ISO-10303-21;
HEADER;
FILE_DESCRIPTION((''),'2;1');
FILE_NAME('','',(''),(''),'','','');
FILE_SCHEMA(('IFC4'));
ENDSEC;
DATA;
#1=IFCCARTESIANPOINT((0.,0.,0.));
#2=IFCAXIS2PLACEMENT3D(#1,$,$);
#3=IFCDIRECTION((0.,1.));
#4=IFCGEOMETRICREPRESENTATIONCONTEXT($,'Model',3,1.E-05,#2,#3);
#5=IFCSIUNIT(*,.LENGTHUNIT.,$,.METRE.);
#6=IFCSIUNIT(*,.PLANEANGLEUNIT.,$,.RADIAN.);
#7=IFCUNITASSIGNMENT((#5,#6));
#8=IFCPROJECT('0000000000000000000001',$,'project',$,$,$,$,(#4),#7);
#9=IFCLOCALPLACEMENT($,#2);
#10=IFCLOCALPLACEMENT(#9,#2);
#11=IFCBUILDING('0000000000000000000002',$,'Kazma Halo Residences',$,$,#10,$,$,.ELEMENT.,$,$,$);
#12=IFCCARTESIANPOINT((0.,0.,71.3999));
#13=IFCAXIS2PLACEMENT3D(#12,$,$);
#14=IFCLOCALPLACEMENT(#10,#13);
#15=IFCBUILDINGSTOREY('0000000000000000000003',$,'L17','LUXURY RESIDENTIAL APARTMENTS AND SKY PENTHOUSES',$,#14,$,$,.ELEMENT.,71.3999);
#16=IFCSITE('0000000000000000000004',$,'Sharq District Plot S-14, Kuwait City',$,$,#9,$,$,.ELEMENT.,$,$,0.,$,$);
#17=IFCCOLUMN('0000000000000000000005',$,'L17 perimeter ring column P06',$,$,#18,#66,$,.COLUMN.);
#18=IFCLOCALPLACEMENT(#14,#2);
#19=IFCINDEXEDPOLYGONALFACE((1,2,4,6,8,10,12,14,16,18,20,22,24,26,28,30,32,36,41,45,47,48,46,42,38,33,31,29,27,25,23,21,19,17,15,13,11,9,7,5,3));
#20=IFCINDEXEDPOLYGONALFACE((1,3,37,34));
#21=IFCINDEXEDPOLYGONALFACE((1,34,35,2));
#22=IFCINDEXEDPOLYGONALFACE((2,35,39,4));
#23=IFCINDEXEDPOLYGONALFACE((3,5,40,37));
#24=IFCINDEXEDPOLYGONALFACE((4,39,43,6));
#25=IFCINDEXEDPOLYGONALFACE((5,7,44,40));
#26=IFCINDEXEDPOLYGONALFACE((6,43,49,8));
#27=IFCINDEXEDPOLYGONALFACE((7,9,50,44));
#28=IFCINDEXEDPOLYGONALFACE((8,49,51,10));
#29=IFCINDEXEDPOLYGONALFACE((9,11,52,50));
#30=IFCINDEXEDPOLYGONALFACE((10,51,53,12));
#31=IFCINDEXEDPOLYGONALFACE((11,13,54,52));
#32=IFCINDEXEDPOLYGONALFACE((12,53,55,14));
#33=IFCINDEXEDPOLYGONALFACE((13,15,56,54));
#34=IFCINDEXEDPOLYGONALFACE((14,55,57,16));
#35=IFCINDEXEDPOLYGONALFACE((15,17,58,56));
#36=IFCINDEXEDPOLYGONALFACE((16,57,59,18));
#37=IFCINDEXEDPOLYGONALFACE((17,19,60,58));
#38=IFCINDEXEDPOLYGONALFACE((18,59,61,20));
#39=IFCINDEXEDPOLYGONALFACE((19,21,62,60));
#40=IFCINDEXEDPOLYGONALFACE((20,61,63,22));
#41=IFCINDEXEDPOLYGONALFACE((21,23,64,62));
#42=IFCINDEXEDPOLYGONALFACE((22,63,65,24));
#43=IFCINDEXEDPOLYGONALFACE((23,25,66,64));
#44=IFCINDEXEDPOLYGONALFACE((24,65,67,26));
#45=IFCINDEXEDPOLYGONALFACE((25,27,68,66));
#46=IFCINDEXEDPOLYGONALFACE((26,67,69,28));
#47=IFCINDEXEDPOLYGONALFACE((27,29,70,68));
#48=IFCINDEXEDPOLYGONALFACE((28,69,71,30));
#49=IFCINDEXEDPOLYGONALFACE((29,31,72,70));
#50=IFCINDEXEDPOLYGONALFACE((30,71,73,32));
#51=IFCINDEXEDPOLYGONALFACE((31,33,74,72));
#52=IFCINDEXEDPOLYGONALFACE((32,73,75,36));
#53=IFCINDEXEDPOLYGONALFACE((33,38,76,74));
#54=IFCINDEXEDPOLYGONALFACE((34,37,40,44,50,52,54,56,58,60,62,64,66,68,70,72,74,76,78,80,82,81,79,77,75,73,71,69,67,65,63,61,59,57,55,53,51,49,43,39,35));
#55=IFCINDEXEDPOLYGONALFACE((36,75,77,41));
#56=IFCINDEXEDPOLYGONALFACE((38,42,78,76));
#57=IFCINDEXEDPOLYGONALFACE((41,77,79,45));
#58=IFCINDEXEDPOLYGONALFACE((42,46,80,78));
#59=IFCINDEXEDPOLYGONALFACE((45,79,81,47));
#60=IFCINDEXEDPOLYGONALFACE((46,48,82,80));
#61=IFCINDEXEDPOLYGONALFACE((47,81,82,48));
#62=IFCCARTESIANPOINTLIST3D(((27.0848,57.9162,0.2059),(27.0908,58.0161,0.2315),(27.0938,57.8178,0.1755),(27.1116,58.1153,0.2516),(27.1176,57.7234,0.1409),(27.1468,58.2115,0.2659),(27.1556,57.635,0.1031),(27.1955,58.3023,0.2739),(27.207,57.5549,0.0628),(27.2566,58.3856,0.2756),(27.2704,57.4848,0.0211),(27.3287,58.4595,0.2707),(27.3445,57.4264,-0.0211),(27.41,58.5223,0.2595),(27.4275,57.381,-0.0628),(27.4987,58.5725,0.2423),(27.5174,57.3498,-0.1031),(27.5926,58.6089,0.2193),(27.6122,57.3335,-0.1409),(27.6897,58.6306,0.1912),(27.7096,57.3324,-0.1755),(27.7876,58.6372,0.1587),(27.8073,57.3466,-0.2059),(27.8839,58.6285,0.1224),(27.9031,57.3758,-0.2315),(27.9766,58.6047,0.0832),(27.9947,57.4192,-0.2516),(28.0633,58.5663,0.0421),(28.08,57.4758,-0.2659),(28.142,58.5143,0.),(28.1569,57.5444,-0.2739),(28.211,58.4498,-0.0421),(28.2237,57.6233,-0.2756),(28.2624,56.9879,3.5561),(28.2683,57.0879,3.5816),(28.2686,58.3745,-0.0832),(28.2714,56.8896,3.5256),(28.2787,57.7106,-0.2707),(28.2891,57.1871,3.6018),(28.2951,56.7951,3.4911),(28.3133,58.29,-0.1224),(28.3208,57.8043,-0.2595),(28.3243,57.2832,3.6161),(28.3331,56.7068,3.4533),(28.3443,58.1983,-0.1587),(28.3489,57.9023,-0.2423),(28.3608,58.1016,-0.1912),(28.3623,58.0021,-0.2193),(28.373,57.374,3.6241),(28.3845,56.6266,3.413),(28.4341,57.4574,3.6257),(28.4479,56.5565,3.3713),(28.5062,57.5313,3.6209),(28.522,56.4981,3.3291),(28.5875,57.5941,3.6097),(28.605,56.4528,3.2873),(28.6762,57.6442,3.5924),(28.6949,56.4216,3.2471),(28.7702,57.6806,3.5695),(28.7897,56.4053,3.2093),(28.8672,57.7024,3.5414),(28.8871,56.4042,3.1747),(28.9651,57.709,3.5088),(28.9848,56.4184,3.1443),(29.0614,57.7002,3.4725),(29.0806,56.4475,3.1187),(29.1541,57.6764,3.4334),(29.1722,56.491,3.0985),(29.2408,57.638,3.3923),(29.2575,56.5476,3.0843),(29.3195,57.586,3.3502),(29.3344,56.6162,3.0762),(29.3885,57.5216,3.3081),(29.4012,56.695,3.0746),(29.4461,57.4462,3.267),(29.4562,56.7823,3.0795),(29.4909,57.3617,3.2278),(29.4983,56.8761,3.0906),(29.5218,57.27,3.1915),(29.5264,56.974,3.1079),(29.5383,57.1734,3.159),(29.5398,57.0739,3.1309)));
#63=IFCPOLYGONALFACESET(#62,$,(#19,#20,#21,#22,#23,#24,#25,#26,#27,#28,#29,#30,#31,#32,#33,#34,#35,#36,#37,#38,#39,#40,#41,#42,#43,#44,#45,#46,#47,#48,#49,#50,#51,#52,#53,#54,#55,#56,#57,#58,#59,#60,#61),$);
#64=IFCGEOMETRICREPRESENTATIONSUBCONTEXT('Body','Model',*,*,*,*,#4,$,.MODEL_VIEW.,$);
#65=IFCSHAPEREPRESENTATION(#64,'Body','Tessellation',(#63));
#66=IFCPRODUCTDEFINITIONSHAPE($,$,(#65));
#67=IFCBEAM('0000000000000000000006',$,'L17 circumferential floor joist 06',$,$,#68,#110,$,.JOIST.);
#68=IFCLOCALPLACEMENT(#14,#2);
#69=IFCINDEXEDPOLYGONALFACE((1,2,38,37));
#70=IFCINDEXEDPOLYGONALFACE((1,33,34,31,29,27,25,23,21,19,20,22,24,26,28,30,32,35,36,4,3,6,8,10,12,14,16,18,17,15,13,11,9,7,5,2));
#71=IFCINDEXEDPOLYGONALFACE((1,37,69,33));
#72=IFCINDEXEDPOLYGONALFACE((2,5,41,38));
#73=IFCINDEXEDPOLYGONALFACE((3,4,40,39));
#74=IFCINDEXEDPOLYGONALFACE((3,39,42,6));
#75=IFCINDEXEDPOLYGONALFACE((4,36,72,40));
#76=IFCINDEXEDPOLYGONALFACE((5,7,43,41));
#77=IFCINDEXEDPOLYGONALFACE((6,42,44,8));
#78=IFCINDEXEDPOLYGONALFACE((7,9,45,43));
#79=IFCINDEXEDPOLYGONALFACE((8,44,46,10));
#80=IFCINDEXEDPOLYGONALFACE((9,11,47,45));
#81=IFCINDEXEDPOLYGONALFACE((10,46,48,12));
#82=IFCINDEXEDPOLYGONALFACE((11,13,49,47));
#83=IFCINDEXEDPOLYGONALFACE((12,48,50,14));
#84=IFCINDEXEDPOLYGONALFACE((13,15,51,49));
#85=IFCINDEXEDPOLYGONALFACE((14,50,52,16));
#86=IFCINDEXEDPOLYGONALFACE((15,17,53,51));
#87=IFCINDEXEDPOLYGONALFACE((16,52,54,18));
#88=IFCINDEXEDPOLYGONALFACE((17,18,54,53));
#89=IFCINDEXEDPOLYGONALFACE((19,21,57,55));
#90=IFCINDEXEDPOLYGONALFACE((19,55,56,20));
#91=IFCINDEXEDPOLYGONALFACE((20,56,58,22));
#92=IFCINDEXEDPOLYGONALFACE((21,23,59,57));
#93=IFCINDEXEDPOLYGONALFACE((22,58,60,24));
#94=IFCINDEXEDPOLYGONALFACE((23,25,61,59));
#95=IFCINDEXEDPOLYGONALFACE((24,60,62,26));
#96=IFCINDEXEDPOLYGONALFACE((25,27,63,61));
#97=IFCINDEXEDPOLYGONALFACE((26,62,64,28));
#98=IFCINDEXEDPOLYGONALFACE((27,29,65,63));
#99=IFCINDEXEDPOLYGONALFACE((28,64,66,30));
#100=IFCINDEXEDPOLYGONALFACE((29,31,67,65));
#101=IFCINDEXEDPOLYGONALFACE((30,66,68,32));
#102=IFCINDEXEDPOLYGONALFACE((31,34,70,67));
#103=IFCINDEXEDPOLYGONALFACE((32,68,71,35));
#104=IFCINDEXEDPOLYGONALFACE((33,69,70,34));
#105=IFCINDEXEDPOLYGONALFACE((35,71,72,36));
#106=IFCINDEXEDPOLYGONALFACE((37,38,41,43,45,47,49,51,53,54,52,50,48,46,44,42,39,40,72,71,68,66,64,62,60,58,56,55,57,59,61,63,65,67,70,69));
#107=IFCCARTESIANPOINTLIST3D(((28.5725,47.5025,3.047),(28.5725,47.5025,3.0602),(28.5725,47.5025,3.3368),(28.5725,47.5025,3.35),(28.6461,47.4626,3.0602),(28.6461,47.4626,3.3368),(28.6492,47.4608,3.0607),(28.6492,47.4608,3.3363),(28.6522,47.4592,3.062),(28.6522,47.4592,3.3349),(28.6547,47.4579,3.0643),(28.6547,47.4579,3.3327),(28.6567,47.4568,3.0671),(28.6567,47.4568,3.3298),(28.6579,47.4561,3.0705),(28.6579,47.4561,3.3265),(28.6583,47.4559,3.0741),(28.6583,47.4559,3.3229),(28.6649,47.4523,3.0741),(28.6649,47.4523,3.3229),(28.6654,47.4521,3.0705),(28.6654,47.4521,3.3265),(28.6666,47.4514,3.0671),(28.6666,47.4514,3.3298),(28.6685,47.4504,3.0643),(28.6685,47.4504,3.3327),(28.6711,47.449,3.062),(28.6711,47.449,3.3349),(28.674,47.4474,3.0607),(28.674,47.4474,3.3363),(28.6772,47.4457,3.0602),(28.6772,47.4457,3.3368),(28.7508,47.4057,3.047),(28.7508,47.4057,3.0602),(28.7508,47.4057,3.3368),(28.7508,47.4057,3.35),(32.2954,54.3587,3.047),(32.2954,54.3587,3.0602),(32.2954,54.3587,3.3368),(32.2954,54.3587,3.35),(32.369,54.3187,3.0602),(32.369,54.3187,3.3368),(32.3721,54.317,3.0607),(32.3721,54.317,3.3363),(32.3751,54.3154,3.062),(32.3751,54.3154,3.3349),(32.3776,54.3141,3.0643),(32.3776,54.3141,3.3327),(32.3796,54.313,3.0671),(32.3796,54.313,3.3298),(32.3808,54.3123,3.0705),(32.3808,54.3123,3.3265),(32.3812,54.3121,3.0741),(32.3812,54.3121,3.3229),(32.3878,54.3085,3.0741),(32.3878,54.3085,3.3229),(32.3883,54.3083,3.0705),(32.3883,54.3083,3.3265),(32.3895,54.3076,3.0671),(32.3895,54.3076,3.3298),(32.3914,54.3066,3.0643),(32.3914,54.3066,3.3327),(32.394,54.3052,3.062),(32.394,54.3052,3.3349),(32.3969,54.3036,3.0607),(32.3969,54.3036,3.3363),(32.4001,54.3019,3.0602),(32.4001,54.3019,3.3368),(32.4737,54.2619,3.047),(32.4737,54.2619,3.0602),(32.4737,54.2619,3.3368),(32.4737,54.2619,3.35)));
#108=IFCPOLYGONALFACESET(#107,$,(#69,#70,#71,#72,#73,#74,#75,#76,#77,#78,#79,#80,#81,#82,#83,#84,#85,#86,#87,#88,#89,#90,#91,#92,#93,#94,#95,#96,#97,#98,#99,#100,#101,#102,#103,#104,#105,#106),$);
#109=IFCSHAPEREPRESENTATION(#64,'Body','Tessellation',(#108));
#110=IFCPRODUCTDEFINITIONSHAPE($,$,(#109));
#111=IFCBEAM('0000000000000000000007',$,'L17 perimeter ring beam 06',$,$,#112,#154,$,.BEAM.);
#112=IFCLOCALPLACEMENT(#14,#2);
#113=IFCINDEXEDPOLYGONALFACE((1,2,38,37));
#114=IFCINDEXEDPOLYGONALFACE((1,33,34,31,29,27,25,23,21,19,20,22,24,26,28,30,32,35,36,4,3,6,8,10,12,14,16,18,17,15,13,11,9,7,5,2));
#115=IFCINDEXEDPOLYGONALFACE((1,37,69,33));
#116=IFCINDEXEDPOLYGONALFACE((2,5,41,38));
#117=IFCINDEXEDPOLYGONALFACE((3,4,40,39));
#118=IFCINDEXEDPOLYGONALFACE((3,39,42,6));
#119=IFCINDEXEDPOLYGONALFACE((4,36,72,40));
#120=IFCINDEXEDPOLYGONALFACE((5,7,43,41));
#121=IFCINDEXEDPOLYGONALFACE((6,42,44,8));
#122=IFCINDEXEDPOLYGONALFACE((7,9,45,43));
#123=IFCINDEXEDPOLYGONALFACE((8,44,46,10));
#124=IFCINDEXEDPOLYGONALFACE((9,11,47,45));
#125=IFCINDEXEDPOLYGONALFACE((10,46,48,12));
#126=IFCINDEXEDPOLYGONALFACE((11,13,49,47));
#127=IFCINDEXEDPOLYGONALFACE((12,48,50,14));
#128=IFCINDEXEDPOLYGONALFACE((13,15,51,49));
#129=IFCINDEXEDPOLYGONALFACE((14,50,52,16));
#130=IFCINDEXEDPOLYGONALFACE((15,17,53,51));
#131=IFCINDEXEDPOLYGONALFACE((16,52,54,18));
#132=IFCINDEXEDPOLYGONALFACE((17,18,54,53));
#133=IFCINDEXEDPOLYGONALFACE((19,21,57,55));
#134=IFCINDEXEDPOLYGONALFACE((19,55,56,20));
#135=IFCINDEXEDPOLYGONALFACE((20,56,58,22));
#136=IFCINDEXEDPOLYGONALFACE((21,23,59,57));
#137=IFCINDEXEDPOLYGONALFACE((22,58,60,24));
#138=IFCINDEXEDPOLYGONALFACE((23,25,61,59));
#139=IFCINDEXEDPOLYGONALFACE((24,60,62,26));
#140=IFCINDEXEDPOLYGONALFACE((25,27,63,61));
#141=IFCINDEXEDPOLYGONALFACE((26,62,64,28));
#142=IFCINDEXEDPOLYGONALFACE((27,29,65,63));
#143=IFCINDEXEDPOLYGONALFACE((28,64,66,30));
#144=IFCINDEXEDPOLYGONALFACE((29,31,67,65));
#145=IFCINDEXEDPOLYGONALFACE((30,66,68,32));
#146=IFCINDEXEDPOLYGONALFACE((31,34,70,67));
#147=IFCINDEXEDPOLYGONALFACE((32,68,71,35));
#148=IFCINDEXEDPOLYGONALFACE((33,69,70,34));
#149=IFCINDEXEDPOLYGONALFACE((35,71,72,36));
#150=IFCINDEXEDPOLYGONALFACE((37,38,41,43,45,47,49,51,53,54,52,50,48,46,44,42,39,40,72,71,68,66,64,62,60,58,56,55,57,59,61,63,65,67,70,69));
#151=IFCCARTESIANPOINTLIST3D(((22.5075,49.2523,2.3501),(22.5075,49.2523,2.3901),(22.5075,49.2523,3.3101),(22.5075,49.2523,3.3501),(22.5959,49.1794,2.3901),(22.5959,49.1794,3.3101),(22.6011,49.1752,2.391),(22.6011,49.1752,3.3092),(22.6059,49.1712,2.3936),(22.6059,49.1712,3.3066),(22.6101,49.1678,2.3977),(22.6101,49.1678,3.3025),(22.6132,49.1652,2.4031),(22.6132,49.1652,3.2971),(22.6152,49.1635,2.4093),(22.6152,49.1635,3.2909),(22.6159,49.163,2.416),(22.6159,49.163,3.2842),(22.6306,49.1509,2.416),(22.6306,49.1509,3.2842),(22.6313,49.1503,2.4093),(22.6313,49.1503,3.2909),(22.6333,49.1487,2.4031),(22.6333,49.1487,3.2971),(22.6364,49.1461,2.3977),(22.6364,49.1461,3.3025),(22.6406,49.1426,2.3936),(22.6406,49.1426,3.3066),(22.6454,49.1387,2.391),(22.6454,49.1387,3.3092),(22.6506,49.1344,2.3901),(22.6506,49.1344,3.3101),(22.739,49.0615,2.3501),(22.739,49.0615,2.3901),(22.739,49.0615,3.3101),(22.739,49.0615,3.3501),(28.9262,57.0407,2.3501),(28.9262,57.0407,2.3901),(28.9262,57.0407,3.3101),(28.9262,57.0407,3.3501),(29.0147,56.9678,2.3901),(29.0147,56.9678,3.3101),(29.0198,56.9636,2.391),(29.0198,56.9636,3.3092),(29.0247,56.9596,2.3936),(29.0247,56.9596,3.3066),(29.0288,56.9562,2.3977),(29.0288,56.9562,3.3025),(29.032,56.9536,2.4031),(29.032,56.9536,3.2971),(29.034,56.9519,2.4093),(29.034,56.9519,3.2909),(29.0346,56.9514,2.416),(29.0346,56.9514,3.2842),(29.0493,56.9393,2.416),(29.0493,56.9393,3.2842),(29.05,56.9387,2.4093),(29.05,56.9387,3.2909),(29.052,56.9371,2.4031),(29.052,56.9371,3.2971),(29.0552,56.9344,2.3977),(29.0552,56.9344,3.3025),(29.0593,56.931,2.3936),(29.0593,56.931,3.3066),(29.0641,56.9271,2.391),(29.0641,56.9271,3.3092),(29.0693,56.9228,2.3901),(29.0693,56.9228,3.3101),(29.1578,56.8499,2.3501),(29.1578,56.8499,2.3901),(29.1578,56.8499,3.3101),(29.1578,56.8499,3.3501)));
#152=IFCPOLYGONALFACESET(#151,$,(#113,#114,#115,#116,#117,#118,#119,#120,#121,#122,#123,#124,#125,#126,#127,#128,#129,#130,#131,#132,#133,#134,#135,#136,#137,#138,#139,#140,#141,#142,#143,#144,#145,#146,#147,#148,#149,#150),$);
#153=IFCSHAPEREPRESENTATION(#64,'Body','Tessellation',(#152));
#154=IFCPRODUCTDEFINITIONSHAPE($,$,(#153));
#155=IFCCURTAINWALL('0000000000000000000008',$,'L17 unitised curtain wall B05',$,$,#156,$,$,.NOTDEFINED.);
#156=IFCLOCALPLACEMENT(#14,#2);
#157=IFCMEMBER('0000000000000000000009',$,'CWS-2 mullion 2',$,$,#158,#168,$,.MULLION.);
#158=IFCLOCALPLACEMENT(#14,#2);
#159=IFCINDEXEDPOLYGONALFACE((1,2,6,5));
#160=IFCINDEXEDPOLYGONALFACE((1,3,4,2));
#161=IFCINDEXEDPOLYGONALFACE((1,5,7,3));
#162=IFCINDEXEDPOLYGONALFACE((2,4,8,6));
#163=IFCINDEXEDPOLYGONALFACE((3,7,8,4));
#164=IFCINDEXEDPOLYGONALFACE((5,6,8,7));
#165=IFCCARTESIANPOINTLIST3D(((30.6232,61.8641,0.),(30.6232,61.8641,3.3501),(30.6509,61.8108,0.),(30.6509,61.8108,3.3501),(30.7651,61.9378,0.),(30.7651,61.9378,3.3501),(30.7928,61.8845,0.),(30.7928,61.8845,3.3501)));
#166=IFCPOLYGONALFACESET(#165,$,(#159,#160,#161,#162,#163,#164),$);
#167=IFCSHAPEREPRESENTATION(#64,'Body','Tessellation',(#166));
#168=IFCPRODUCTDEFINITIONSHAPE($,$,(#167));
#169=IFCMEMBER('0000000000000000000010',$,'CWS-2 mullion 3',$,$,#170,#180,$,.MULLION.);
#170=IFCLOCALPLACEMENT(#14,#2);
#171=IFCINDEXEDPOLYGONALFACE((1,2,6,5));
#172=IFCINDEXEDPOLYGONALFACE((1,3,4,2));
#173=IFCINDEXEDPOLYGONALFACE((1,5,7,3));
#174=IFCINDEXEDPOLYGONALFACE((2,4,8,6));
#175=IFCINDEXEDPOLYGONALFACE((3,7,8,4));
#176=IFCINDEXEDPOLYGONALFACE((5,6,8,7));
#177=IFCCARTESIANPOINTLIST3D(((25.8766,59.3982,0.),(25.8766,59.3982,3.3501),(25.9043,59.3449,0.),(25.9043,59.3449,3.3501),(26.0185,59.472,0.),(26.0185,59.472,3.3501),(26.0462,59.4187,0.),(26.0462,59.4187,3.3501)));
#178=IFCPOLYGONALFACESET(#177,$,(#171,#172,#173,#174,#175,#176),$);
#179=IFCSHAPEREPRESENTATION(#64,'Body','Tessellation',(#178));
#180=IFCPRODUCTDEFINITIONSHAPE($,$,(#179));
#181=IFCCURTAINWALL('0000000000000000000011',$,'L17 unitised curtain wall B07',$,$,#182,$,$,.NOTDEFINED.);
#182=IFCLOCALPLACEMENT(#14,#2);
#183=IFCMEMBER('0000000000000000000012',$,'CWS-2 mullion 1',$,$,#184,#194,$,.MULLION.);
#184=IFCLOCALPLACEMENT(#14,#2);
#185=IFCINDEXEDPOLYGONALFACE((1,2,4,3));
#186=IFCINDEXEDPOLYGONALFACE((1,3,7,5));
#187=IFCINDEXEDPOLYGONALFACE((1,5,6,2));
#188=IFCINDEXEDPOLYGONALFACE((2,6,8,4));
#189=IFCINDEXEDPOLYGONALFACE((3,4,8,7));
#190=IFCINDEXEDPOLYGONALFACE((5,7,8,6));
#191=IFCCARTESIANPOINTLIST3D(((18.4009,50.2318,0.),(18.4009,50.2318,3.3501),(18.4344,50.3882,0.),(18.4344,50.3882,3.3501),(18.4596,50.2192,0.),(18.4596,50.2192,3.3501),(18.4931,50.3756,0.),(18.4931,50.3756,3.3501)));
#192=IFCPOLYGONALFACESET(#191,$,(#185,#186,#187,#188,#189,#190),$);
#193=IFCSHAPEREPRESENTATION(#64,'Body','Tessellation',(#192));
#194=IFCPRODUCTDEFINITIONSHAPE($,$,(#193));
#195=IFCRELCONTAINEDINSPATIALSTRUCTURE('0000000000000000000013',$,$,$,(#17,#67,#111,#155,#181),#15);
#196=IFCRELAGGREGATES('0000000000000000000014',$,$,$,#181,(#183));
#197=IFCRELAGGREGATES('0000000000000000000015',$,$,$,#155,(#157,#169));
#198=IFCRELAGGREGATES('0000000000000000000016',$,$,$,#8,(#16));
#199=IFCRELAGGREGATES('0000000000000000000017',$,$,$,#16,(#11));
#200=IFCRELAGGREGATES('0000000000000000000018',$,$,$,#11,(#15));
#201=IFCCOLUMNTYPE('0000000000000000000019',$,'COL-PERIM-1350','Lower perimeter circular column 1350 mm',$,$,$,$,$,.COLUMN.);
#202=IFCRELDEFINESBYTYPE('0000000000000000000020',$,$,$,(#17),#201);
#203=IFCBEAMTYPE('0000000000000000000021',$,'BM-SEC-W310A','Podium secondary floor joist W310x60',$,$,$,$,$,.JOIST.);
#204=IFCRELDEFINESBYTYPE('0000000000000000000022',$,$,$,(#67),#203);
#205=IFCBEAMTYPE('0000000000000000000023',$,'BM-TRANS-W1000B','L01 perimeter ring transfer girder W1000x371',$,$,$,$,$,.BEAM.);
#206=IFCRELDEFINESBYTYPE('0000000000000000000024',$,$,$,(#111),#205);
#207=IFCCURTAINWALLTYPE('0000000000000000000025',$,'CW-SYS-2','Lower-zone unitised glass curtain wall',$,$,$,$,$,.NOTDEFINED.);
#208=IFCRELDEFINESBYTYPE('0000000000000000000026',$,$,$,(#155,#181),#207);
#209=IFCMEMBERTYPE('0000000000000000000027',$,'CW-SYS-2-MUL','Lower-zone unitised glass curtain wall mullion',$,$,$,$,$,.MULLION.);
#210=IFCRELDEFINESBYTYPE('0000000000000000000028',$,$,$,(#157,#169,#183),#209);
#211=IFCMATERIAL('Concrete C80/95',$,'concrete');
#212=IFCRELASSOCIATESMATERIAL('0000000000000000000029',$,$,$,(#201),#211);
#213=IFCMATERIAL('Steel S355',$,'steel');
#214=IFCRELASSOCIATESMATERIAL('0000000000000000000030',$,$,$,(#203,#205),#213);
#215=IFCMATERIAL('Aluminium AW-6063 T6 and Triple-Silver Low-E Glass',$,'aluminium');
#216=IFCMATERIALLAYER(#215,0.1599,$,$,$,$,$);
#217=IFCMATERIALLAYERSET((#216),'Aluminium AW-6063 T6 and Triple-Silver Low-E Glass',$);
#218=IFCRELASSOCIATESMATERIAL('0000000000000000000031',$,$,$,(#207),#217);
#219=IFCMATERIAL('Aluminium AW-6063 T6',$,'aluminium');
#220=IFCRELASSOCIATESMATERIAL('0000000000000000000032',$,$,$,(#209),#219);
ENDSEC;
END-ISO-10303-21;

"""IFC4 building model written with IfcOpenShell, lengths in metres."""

from ifc_helpers import new_model, si_unit, direction, frame, origin, origin_2d, place, context, subcontext, project, spatial, rectangle, circle, i_section, extrude, material, layer, layer_set, material_profile, profile_set, type_object, element, aggregate, save


model = new_model("IFC4")

# Units and contexts
model_context = context("Model", 3, precision=1e-05, world=origin(), true_north=direction((0.0, 1.0)))
body_context = subcontext(model_context, "Body", "Model", "MODEL_VIEW")
ifc_project = project(units=[si_unit("LENGTHUNIT", "METRE"), si_unit("PLANEANGLEUNIT", "RADIAN")], contexts=[model_context])

# Site, building, storey
site_placement = place(None, origin())
site = spatial("IfcSite", under=ifc_project, at=site_placement, Name="Sharq District Plot S-14, Kuwait City", CompositionType="ELEMENT", RefElevation=0.0)
building_placement = place(site_placement, origin())
building = spatial("IfcBuilding", under=site, at=building_placement, Name="Kazma Halo Residences", CompositionType="ELEMENT")
storey_placement = place(building_placement, frame((0.0, 0.0, 71.3999)))
storey = spatial("IfcBuildingStorey", under=building, at=storey_placement, Name="L17", Description="LUXURY RESIDENTIAL APARTMENTS AND SKY PENTHOUSES", CompositionType="ELEMENT", Elevation=71.3999)

# Column
ifc_material_1 = material(Name="Concrete C80/95", Category="concrete")
ifc_material_profile_1 = material_profile(ifc_material_1, circle(Radius=0.675, at=origin_2d()), Name="CIRC1350")
ifc_profile_set_1 = profile_set([ifc_material_profile_1], Name="Concrete C80/95")
column_type = type_object("IfcColumnType", Name="COL-PERIM-1350", Description="Lower perimeter circular column 1350 mm", PredefinedType="COLUMN", material=ifc_profile_set_1)
column_placement = place(storey_placement, frame((27.7241, 57.9841, 0.0), z_axis=(0.320814, -0.2529, 0.912754), x_axis=(0.619079, 0.785329, 0.0)))
element("IfcColumn", 1, at=column_placement, inside=storey, type_object=column_type, Name="L17 perimeter ring column P06", PredefinedType="COLUMN", context=body_context, shape_type="SweptSolid", body=[
    extrude(circle(Radius=0.675, at=origin_2d()), origin(), (0.0, 0.0, 1.0), 3.6704),
])

# Beams
ifc_material_2 = material(Name="Steel S355", Category="steel")
ifc_material_profile_2 = material_profile(ifc_material_2, i_section(OverallWidth=0.2029, OverallDepth=0.303, WebThickness=0.0076, FlangeThickness=0.0132, FilletRadius=0.0139, at=origin_2d()), Name="W310x60")
ifc_profile_set_2 = profile_set([ifc_material_profile_2], Name="Steel S355")
beam_type_1 = type_object("IfcBeamType", Name="BM-SEC-W310A", Description="Podium secondary floor joist W310x60", PredefinedType="JOIST", material=ifc_profile_set_2)
beam_1_placement = place(storey_placement, frame((32.3845, 54.3103, 3.1985), z_axis=(-0.477187, -0.878802, 0.0), x_axis=(0.878802, -0.477187, 0.0)))
element("IfcBeam", 2, at=beam_1_placement, inside=storey, type_object=beam_type_1, Name="L17 circumferential floor joist 06", PredefinedType="JOIST", context=body_context, shape_type="SweptSolid", body=[
    extrude(i_section(OverallWidth=0.2029, OverallDepth=0.303, WebThickness=0.0076, FlangeThickness=0.0132, FilletRadius=0.0139, at=origin_2d()), origin(), (0.0, 0.0, 1.0), 7.8018),
])
ifc_material_profile_3 = material_profile(ifc_material_2, i_section(OverallWidth=0.3, OverallDepth=1.0, WebThickness=0.019, FlangeThickness=0.04, FilletRadius=0.0259, at=origin_2d()), Name="W1000x371")
ifc_profile_set_3 = profile_set([ifc_material_profile_3], Name="Steel S355")
beam_type_2 = type_object("IfcBeamType", Name="BM-TRANS-W1000B", Description="L01 perimeter ring transfer girder W1000x371", PredefinedType="BEAM", material=ifc_profile_set_3)
beam_2_placement = place(storey_placement, frame((29.042, 56.9453, 2.8501), z_axis=(-0.63599, -0.771698, 0.0), x_axis=(0.771698, -0.63599, 0.0)))
element("IfcBeam", 3, at=beam_2_placement, inside=storey, type_object=beam_type_2, Name="L17 perimeter ring beam 06", PredefinedType="BEAM", context=body_context, shape_type="SweptSolid", body=[
    extrude(i_section(OverallWidth=0.3, OverallDepth=1.0, WebThickness=0.019, FlangeThickness=0.04, FilletRadius=0.0259, at=origin_2d()), origin(), (0.0, 0.0, 1.0), 10.0925),
])

# Curtain wall, members
ifc_material_3 = material(Name="Aluminium AW-6063 T6 and Triple-Silver Low-E Glass", Category="aluminium")
ifc_layer_1 = layer(ifc_material_3, 0.1599)
ifc_layer_set_1 = layer_set([ifc_layer_1], Name="Aluminium AW-6063 T6 and Triple-Silver Low-E Glass")
curtain_wall_type = type_object("IfcCurtainWallType", Name="CW-SYS-2", Description="Lower-zone unitised glass curtain wall", PredefinedType="NOTDEFINED", material=ifc_layer_set_1)
curtain_wall_1_placement = place(storey_placement, origin())
curtain_wall_1 = element("IfcCurtainWall", 4, at=curtain_wall_1_placement, inside=storey, type_object=curtain_wall_type, Name="L17 unitised curtain wall B05", PredefinedType="NOTDEFINED")
ifc_material_4 = material(Name="Aluminium AW-6063 T6", Category="aluminium")
ifc_material_profile_4 = material_profile(ifc_material_4, rectangle(XDim=0.0601, YDim=0.1599, at=origin_2d()), Name="CWM-60x160")
ifc_profile_set_4 = profile_set([ifc_material_profile_4], Name="Aluminium AW-6063 T6")
member_type_1 = type_object("IfcMemberType", Name="CW-SYS-2-MUL", Description="Lower-zone unitised glass curtain wall mullion", PredefinedType="MULLION", material=ifc_profile_set_4)
member_1_placement = place(storey_placement, frame((30.708, 61.8743, 0.0), z_axis=(0.0, 0.0, 1.0), x_axis=(0.460996, -0.887402, 0.0)))
member_1 = element("IfcMember", 5, at=member_1_placement, type_object=member_type_1, Name="CWS-2 mullion 2", PredefinedType="MULLION", context=body_context, shape_type="SweptSolid", body=[
    extrude(rectangle(XDim=0.0601, YDim=0.1599, at=origin_2d()), origin(), (0.0, 0.0, 1.0), 3.3501),
])
member_2_placement = place(storey_placement, frame((25.9614, 59.4084, 0.0), z_axis=(0.0, 0.0, 1.0), x_axis=(0.460996, -0.887402, 0.0)))
member_2 = element("IfcMember", 6, at=member_2_placement, type_object=member_type_1, Name="CWS-2 mullion 3", PredefinedType="MULLION", context=body_context, shape_type="SweptSolid", body=[
    extrude(rectangle(XDim=0.0601, YDim=0.1599, at=origin_2d()), origin(), (0.0, 0.0, 1.0), 3.3501),
])

# Curtain wall, member
curtain_wall_2_placement = place(storey_placement, origin())
curtain_wall_2 = element("IfcCurtainWall", 7, at=curtain_wall_2_placement, inside=storey, type_object=curtain_wall_type, Name="L17 unitised curtain wall B07", PredefinedType="NOTDEFINED")
member_3_placement = place(storey_placement, frame((18.447, 50.3037, 0.0), z_axis=(0.0, 0.0, 1.0), x_axis=(0.977779, -0.209637, 0.0)))
member_3 = element("IfcMember", 8, at=member_3_placement, type_object=member_type_1, Name="CWS-2 mullion 1", PredefinedType="MULLION", context=body_context, shape_type="SweptSolid", body=[
    extrude(rectangle(XDim=0.0601, YDim=0.1599, at=origin_2d()), origin(), (0.0, 0.0, 1.0), 3.3501),
])

aggregate(curtain_wall_2, [member_3])

aggregate(curtain_wall_1, [member_1, member_2])

save(model, "model.ifc")
